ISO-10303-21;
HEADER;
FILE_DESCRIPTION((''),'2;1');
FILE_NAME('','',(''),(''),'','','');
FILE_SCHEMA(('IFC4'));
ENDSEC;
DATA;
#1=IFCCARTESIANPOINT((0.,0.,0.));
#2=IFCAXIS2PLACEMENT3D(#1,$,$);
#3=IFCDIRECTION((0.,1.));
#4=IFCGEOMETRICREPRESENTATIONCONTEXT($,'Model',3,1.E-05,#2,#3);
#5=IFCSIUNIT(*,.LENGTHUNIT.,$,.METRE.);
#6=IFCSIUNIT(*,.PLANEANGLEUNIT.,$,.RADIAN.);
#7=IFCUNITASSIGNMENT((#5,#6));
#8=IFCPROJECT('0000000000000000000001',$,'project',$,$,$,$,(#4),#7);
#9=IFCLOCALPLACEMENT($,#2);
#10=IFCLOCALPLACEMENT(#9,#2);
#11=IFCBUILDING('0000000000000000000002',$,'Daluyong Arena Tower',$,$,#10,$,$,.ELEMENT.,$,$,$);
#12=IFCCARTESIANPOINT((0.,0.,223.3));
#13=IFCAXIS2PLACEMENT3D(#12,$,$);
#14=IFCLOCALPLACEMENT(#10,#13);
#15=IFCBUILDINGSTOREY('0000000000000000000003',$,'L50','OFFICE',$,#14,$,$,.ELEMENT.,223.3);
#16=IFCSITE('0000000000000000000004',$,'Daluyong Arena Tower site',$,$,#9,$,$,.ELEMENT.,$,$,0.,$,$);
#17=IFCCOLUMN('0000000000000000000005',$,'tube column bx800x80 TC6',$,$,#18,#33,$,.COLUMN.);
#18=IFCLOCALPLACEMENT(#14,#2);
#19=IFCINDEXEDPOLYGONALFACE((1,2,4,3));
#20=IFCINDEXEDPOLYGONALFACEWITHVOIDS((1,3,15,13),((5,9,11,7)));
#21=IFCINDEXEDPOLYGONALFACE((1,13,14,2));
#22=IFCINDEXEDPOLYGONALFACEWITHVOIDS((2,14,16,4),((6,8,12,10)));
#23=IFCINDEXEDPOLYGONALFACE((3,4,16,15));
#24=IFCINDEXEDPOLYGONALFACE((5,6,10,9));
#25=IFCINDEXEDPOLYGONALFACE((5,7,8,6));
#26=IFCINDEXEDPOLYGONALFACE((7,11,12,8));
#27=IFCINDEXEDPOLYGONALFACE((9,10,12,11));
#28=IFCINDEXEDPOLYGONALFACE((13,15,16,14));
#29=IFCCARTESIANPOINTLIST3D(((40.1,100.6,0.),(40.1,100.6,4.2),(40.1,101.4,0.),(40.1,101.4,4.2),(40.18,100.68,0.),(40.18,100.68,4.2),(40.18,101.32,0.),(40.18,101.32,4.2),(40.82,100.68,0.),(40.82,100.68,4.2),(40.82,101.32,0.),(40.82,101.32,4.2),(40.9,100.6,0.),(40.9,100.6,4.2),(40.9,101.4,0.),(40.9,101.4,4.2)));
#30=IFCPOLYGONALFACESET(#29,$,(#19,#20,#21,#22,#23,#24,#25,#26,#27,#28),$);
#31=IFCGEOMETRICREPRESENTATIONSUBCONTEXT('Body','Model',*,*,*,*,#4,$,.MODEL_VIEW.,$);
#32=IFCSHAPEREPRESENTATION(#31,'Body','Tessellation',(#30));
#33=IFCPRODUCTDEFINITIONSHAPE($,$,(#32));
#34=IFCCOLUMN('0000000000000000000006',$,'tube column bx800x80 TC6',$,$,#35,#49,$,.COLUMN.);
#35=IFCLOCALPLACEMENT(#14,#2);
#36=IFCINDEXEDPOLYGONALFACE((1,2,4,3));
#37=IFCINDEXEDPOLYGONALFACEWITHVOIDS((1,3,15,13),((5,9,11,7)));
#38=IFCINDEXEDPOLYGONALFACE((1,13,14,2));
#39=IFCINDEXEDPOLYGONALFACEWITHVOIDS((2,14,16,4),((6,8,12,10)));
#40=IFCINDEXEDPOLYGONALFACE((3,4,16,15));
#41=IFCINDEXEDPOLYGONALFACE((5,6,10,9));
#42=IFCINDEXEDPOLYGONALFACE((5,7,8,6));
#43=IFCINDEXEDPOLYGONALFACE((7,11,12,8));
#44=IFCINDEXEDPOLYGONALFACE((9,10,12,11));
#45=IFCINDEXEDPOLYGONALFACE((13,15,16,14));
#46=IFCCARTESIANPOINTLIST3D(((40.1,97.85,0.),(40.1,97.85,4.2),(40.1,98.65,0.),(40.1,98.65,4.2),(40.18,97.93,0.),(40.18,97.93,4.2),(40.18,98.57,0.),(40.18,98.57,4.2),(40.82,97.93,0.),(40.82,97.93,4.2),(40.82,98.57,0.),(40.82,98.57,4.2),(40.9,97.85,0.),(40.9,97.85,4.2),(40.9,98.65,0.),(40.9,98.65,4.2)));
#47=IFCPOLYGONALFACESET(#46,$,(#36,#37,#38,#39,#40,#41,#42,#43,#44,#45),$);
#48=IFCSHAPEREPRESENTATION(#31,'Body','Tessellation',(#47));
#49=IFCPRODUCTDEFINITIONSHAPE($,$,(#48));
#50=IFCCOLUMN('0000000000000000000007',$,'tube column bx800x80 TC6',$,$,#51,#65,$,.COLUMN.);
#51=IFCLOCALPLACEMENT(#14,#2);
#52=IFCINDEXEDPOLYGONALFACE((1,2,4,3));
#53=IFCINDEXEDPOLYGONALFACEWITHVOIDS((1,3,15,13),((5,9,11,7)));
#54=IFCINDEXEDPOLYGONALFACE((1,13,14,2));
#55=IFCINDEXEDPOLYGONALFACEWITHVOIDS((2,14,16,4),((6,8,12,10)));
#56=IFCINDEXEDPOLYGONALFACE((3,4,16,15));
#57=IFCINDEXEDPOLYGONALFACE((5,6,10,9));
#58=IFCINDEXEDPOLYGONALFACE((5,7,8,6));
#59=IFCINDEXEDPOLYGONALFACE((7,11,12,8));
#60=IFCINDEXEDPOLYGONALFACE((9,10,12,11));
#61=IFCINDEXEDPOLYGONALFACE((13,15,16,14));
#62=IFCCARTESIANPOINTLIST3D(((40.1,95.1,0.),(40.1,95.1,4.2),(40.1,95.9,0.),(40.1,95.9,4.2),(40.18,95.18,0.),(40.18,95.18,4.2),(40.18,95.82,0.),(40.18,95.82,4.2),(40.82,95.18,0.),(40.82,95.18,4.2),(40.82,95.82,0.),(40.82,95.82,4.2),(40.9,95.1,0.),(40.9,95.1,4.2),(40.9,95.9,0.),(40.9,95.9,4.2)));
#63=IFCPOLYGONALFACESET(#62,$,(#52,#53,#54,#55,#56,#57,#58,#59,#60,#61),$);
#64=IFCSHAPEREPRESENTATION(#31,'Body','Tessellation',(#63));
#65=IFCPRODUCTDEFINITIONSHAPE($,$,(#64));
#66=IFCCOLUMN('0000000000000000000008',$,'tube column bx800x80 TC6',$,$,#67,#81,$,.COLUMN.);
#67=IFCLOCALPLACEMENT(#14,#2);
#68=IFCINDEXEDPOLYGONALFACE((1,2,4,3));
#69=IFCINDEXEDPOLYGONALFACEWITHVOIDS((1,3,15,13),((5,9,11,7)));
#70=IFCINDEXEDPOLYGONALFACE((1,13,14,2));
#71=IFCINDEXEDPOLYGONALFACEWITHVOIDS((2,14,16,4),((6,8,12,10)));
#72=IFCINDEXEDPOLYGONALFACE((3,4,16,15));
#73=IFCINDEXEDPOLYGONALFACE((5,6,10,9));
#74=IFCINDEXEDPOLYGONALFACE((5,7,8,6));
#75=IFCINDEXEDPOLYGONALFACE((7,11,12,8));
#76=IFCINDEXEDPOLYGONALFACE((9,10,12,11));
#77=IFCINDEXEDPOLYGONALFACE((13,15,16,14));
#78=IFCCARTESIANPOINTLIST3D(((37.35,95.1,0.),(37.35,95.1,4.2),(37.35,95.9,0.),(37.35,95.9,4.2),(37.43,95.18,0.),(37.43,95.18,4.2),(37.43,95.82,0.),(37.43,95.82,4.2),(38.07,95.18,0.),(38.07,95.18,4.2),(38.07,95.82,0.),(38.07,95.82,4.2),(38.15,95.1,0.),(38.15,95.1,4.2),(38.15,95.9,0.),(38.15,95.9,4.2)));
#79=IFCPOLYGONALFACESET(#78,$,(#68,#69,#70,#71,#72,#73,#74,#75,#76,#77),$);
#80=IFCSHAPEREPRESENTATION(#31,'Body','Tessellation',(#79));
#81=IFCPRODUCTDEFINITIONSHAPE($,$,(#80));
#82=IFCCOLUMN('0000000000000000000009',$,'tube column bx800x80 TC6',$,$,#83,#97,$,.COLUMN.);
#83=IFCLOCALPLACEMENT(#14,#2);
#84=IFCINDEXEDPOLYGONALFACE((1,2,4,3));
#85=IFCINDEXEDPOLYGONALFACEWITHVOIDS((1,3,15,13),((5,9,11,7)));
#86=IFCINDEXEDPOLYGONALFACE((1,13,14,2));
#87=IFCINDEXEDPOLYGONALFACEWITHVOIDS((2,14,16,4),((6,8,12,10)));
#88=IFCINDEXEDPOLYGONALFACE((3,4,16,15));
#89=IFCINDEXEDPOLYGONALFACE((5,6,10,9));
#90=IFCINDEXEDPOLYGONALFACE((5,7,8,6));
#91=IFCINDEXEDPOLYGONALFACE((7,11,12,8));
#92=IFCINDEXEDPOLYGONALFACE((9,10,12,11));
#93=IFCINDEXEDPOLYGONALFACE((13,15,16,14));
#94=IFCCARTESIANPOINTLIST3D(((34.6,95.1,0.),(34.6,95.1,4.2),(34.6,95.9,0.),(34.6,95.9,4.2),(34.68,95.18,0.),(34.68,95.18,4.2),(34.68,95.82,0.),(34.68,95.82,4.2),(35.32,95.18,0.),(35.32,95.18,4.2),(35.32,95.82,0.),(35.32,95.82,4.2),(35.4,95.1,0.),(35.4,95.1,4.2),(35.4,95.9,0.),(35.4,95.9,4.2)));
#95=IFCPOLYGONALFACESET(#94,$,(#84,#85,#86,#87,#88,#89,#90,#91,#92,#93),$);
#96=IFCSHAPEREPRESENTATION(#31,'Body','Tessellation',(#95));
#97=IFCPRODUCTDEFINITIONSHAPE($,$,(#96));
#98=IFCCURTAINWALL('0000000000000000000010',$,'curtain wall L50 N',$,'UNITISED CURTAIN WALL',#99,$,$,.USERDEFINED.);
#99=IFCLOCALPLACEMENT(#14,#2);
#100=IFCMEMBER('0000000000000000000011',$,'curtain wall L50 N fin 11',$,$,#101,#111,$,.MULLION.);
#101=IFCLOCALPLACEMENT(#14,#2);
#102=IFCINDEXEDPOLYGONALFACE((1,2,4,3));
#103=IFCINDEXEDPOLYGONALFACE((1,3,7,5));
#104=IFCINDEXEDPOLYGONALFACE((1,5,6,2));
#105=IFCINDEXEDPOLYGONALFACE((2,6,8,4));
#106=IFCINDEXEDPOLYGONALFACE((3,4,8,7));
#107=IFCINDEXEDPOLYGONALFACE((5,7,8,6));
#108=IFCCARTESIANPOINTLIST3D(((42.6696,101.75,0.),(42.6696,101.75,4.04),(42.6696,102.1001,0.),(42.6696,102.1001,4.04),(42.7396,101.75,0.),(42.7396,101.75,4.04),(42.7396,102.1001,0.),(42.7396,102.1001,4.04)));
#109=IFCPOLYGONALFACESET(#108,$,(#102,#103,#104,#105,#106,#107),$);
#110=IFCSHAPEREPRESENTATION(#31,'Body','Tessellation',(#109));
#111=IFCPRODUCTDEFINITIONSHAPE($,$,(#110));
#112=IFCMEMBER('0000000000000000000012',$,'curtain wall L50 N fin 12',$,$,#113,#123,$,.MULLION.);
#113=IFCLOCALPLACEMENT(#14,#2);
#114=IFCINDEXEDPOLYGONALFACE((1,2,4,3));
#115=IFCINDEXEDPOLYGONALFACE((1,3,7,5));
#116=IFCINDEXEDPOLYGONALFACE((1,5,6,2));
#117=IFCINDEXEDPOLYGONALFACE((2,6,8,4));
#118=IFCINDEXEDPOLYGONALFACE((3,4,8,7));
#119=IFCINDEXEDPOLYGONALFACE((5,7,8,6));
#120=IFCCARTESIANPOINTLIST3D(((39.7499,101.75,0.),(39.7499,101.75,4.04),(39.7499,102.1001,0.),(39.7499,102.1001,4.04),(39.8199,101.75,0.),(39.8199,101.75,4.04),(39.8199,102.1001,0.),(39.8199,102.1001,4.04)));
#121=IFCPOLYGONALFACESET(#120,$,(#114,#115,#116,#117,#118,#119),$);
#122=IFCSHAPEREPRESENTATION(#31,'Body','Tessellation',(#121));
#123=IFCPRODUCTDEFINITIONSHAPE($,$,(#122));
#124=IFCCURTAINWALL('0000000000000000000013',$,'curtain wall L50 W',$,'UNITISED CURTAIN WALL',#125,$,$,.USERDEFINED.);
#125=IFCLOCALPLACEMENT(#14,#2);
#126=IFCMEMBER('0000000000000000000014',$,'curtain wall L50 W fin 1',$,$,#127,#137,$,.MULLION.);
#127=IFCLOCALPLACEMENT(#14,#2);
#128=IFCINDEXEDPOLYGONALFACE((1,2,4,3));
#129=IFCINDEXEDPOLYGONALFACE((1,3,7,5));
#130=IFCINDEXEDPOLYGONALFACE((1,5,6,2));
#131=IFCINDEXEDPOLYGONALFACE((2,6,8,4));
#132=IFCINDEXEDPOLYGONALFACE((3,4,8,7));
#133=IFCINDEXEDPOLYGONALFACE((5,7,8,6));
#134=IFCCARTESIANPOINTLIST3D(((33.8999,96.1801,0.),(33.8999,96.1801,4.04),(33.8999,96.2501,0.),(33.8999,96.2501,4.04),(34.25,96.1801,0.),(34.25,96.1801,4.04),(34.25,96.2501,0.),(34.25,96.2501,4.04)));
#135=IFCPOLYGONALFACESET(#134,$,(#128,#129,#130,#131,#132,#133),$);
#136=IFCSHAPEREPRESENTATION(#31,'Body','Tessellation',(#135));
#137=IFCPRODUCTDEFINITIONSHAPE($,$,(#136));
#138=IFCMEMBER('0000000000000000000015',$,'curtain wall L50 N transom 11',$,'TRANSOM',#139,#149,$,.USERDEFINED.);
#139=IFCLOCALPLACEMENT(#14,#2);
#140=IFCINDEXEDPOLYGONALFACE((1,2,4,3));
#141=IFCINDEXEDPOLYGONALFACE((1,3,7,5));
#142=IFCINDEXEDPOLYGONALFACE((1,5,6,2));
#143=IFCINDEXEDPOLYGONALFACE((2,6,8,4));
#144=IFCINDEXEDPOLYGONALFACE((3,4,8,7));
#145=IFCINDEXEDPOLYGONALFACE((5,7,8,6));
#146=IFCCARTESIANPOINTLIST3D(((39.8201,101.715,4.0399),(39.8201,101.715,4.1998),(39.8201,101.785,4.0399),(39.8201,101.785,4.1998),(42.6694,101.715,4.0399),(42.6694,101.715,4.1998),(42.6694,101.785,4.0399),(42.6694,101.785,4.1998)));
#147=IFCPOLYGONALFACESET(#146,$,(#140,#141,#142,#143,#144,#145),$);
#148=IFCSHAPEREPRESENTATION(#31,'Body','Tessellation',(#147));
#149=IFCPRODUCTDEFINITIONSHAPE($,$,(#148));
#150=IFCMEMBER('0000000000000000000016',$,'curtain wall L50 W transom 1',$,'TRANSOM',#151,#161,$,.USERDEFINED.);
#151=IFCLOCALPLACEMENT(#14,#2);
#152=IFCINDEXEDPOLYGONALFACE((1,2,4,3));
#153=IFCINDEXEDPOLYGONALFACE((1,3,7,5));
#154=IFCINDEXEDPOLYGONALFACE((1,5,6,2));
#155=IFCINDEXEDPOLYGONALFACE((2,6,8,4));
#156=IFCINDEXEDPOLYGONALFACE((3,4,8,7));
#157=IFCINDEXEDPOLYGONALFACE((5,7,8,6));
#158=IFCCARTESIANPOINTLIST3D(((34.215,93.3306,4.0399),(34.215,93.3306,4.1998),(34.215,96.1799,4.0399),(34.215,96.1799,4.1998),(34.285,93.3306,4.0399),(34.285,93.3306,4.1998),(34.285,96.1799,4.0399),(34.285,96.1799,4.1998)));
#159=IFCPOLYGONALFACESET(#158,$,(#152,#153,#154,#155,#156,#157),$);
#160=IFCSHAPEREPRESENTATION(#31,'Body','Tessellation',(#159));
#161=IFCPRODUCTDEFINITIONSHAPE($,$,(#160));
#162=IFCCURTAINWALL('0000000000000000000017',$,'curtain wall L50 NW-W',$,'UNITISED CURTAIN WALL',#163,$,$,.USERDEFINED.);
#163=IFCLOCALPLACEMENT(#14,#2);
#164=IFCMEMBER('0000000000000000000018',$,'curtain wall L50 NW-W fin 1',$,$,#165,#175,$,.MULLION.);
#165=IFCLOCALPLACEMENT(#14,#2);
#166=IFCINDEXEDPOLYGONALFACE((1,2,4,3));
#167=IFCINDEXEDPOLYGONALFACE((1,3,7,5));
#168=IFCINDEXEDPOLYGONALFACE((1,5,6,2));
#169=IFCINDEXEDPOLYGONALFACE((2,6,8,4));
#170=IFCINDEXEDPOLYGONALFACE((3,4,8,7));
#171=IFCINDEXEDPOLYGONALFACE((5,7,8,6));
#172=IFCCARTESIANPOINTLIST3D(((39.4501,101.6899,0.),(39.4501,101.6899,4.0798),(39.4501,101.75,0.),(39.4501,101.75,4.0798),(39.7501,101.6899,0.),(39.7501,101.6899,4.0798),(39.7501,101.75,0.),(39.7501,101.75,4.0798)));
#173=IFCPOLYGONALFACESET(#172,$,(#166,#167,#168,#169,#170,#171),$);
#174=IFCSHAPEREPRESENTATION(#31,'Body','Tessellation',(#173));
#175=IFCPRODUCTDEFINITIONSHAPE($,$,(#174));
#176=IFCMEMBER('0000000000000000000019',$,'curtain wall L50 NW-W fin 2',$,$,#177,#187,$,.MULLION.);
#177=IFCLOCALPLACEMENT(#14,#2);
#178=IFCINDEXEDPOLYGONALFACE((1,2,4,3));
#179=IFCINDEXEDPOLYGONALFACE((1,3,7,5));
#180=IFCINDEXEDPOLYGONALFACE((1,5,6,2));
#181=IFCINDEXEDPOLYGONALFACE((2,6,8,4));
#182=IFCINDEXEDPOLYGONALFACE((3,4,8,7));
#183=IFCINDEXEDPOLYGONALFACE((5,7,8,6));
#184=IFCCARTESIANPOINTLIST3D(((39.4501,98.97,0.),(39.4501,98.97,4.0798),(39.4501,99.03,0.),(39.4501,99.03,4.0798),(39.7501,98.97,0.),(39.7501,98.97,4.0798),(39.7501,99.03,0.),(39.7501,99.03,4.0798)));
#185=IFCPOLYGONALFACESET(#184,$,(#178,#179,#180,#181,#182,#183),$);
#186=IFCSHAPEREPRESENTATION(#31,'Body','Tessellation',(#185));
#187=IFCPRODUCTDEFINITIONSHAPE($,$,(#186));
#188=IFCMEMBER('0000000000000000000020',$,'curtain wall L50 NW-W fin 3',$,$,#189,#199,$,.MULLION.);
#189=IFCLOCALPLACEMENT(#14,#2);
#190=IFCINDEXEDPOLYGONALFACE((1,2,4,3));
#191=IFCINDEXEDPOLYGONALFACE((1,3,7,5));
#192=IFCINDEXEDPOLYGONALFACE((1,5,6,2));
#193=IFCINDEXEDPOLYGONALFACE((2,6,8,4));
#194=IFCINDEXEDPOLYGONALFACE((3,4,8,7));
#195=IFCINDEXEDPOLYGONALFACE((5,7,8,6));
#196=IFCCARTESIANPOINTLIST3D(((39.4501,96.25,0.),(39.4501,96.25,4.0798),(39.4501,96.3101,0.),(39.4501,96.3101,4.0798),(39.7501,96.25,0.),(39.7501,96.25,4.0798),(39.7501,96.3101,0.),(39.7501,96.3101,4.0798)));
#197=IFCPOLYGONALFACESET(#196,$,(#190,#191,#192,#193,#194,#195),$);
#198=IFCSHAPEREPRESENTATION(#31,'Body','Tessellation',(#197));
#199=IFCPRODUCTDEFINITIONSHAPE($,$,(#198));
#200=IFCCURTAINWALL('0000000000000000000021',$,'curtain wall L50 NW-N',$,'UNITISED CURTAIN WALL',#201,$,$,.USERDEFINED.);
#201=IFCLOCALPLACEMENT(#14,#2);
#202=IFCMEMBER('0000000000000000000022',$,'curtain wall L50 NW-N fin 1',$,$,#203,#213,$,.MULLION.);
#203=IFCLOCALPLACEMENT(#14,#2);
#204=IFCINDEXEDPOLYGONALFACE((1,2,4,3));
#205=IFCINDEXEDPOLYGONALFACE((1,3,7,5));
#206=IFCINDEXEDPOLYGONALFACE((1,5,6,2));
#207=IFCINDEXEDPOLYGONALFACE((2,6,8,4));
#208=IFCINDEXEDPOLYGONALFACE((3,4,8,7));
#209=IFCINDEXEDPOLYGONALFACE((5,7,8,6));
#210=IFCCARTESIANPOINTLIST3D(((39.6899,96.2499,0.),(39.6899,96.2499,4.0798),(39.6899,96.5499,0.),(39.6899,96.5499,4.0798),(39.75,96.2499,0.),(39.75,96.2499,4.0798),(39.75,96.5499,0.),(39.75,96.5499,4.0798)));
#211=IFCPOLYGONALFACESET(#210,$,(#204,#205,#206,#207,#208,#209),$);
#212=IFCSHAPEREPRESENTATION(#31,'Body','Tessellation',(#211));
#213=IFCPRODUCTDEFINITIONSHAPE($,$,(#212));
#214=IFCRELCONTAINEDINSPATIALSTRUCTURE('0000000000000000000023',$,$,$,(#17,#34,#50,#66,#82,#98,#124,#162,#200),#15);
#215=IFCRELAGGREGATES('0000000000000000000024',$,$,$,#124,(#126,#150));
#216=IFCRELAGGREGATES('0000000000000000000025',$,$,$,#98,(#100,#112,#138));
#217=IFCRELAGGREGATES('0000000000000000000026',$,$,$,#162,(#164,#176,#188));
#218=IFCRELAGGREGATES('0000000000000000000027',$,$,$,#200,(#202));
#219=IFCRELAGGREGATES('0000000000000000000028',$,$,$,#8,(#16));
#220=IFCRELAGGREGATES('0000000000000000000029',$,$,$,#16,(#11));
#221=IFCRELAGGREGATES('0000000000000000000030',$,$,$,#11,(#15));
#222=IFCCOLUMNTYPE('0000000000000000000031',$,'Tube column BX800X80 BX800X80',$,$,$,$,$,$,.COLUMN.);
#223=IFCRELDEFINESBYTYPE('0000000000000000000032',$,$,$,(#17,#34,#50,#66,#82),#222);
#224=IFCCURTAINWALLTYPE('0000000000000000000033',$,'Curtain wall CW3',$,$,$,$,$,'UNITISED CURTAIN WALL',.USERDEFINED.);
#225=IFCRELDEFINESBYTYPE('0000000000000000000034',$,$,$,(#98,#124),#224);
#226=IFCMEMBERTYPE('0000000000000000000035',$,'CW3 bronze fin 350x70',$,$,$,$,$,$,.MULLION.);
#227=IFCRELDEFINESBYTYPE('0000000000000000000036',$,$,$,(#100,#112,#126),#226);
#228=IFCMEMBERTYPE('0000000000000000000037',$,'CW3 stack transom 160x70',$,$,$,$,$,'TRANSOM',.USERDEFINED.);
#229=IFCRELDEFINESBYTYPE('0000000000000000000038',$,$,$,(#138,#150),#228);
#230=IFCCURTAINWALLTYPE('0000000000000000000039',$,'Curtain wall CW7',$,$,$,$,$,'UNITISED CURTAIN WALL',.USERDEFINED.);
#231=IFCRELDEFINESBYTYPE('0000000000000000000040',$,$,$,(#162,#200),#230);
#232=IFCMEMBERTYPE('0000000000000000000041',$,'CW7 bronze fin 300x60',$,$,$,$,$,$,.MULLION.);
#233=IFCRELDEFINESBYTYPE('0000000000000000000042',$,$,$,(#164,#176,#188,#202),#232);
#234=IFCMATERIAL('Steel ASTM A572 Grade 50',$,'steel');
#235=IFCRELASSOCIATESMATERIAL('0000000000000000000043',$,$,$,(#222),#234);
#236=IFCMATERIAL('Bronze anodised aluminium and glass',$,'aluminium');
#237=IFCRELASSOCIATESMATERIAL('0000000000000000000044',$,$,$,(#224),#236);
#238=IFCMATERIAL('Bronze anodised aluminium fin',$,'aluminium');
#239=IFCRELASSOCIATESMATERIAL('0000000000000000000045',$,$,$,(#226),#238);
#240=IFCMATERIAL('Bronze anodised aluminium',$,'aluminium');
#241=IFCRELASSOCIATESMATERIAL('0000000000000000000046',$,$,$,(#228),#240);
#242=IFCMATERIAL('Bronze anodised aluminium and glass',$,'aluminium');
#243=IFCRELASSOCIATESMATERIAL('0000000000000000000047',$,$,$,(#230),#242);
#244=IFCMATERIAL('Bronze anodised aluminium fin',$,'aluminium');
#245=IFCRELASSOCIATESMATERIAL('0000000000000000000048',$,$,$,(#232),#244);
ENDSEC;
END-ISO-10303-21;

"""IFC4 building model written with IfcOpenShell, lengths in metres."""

from ifc_helpers import new_model, si_unit, direction, frame, origin, origin_2d, place, context, subcontext, project, spatial, rectangle, hollow_rectangle, extrude, material, material_profile, profile_set, type_object, element, aggregate, save


model = new_model("IFC4")

# Units and contexts
model_context = context("Model", 3, precision=1e-05, world=origin(), true_north=direction((0.0, 1.0)))
body_context = subcontext(model_context, "Body", "Model", "MODEL_VIEW")
ifc_project = project(units=[si_unit("LENGTHUNIT", "METRE"), si_unit("PLANEANGLEUNIT", "RADIAN")], contexts=[model_context])

# Site, building, storey
site_placement = place(None, origin())
site = spatial("IfcSite", under=ifc_project, at=site_placement, Name="Daluyong Arena Tower site", CompositionType="ELEMENT", RefElevation=0.0)
building_placement = place(site_placement, origin())
building = spatial("IfcBuilding", under=site, at=building_placement, Name="Daluyong Arena Tower", CompositionType="ELEMENT")
storey_placement = place(building_placement, frame((0.0, 0.0, 223.3)))
storey = spatial("IfcBuildingStorey", under=building, at=storey_placement, Name="L50", Description="OFFICE", CompositionType="ELEMENT", Elevation=223.3)

# Columns
ifc_material_1 = material(Name="Steel ASTM A572 Grade 50", Category="steel")
ifc_material_profile_1 = material_profile(ifc_material_1, hollow_rectangle(XDim=0.8, YDim=0.8, WallThickness=0.08, at=origin_2d()))
ifc_profile_set_1 = profile_set([ifc_material_profile_1], Name="Steel ASTM A572 Grade 50")
column_type = type_object("IfcColumnType", Name="Tube column BX800X80 BX800X80", PredefinedType="COLUMN", material=ifc_profile_set_1)
for number, where, z_axis, x_axis, name in (
    (1, (40.5, 101.0, 0.0), (0.0, 0.0, 1.0), (0.0, 1.0, 0.0), "tube column bx800x80 TC6"),
    (2, (40.5, 98.25, 0.0), (0.0, 0.0, 1.0), (0.0, 1.0, 0.0), "tube column bx800x80 TC6"),
    (3, (40.5, 95.5, 0.0), (0.0, 0.0, 1.0), (1.0, 0.0, 0.0), "tube column bx800x80 TC6"),
    (4, (37.75, 95.5, 0.0), (0.0, 0.0, 1.0), (1.0, 0.0, 0.0), "tube column bx800x80 TC6"),
    (5, (35.0, 95.5, 0.0), (0.0, 0.0, 1.0), (0.0, 1.0, 0.0), "tube column bx800x80 TC6"),
):
    element("IfcColumn", number, at=place(storey_placement, frame(where, z_axis=z_axis, x_axis=x_axis)), inside=storey, type_object=column_type, Name=name, PredefinedType="COLUMN", context=body_context, shape_type="SweptSolid", body=[
        extrude(hollow_rectangle(XDim=0.8, YDim=0.8, WallThickness=0.08, at=origin_2d()), origin(), (0.0, 0.0, 1.0), 4.2),
    ])

# Curtain wall, members
ifc_material_2 = material(Name="Bronze anodised aluminium and glass", Category="aluminium")
curtain_wall_type_1 = type_object("IfcCurtainWallType", Name="Curtain wall CW3", ElementType="UNITISED CURTAIN WALL", PredefinedType="USERDEFINED", material=ifc_material_2)
curtain_wall_1_placement = place(storey_placement, origin())
curtain_wall_1 = element("IfcCurtainWall", 6, at=curtain_wall_1_placement, inside=storey, type_object=curtain_wall_type_1, Name="curtain wall L50 N", ObjectType="UNITISED CURTAIN WALL", PredefinedType="USERDEFINED")
ifc_material_3 = material(Name="Bronze anodised aluminium fin", Category="aluminium")
ifc_material_profile_2 = material_profile(ifc_material_3, rectangle(XDim=0.3501, YDim=0.0701, at=origin_2d()))
ifc_profile_set_2 = profile_set([ifc_material_profile_2], Name="Bronze anodised aluminium fin")
member_type_1 = type_object("IfcMemberType", Name="CW3 bronze fin 350x70", PredefinedType="MULLION", material=ifc_profile_set_2)
member_1_placement = place(storey_placement, frame((42.7046, 101.925, 0.0), z_axis=(0.0, 0.0, 1.0), x_axis=(0.0, -1.0, 0.0)))
member_1 = element("IfcMember", 7, at=member_1_placement, type_object=member_type_1, Name="curtain wall L50 N fin 11", PredefinedType="MULLION", context=body_context, shape_type="SweptSolid", body=[
    extrude(rectangle(XDim=0.3501, YDim=0.0701, at=origin_2d()), origin(), (0.0, 0.0, 1.0), 4.04),
])
member_2_placement = place(storey_placement, frame((39.7849, 101.925, 0.0), z_axis=(0.0, 0.0, 1.0), x_axis=(0.0, -1.0, 0.0)))
member_2 = element("IfcMember", 8, at=member_2_placement, type_object=member_type_1, Name="curtain wall L50 N fin 12", PredefinedType="MULLION", context=body_context, shape_type="SweptSolid", body=[
    extrude(rectangle(XDim=0.3501, YDim=0.0701, at=origin_2d()), origin(), (0.0, 0.0, 1.0), 4.04),
])

# Curtain wall, member
curtain_wall_2_placement = place(storey_placement, origin())
curtain_wall_2 = element("IfcCurtainWall", 9, at=curtain_wall_2_placement, inside=storey, type_object=curtain_wall_type_1, Name="curtain wall L50 W", ObjectType="UNITISED CURTAIN WALL", PredefinedType="USERDEFINED")
member_3_placement = place(storey_placement, frame((34.075, 96.2151, 0.0), z_axis=(0.0, 0.0, 1.0), x_axis=(1.0, 0.0, 0.0)))
member_3 = element("IfcMember", 10, at=member_3_placement, type_object=member_type_1, Name="curtain wall L50 W fin 1", PredefinedType="MULLION", context=body_context, shape_type="SweptSolid", body=[
    extrude(rectangle(XDim=0.3501, YDim=0.0701, at=origin_2d()), origin(), (0.0, 0.0, 1.0), 4.04),
])

# Members
ifc_material_4 = material(Name="Bronze anodised aluminium", Category="aluminium")
ifc_material_profile_3 = material_profile(ifc_material_4, rectangle(XDim=0.0701, YDim=0.1599, at=origin_2d()))
ifc_profile_set_3 = profile_set([ifc_material_profile_3], Name="Bronze anodised aluminium")
member_type_2 = type_object("IfcMemberType", Name="CW3 stack transom 160x70", ElementType="TRANSOM", PredefinedType="USERDEFINED", material=ifc_profile_set_3)
member_4_placement = place(storey_placement, frame((42.6694, 101.75, 4.1199), z_axis=(-1.0, 0.0, 0.0), x_axis=(0.0, -1.0, 0.0)))
member_4 = element("IfcMember", 11, at=member_4_placement, type_object=member_type_2, Name="curtain wall L50 N transom 11", ObjectType="TRANSOM", PredefinedType="USERDEFINED", context=body_context, shape_type="SweptSolid", body=[
    extrude(rectangle(XDim=0.0701, YDim=0.1599, at=origin_2d()), origin(), (0.0, 0.0, 1.0), 2.8494),
])
member_5_placement = place(storey_placement, frame((34.25, 96.1799, 4.1199), z_axis=(0.0, -1.0, 0.0), x_axis=(1.0, 0.0, 0.0)))
member_5 = element("IfcMember", 12, at=member_5_placement, type_object=member_type_2, Name="curtain wall L50 W transom 1", ObjectType="TRANSOM", PredefinedType="USERDEFINED", context=body_context, shape_type="SweptSolid", body=[
    extrude(rectangle(XDim=0.0701, YDim=0.1599, at=origin_2d()), origin(), (0.0, 0.0, 1.0), 2.8494),
])
aggregate(curtain_wall_2, [member_3, member_5])

# Curtain walls, members
ifc_material_5 = material(Name="Bronze anodised aluminium and glass", Category="aluminium")
curtain_wall_type_2 = type_object("IfcCurtainWallType", Name="Curtain wall CW7", ElementType="UNITISED CURTAIN WALL", PredefinedType="USERDEFINED", material=ifc_material_5)
curtain_wall_3_placement = place(storey_placement, origin())
curtain_wall_3 = element("IfcCurtainWall", 13, at=curtain_wall_3_placement, inside=storey, type_object=curtain_wall_type_2, Name="curtain wall L50 NW-W", ObjectType="UNITISED CURTAIN WALL", PredefinedType="USERDEFINED")
ifc_material_6 = material(Name="Bronze anodised aluminium fin", Category="aluminium")
ifc_material_profile_4 = material_profile(ifc_material_6, rectangle(XDim=0.3, YDim=0.0601, at=origin_2d()))
ifc_profile_set_4 = profile_set([ifc_material_profile_4], Name="Bronze anodised aluminium fin")
member_type_3 = type_object("IfcMemberType", Name="CW7 bronze fin 300x60", PredefinedType="MULLION", material=ifc_profile_set_4)
member_6_placement = place(storey_placement, frame((39.6001, 101.72, 0.0), z_axis=(0.0, 0.0, 1.0), x_axis=(1.0, 0.0, 0.0)))
member_6 = element("IfcMember", 14, at=member_6_placement, type_object=member_type_3, Name="curtain wall L50 NW-W fin 1", PredefinedType="MULLION", context=body_context, shape_type="SweptSolid", body=[
    extrude(rectangle(XDim=0.3, YDim=0.0601, at=origin_2d()), origin(), (0.0, 0.0, 1.0), 4.0798),
])
member_7_placement = place(storey_placement, frame((39.6001, 99.0, 0.0), z_axis=(0.0, 0.0, 1.0), x_axis=(1.0, 0.0, 0.0)))
member_7 = element("IfcMember", 15, at=member_7_placement, type_object=member_type_3, Name="curtain wall L50 NW-W fin 2", PredefinedType="MULLION", context=body_context, shape_type="SweptSolid", body=[
    extrude(rectangle(XDim=0.3, YDim=0.0601, at=origin_2d()), origin(), (0.0, 0.0, 1.0), 4.0798),
])
member_8_placement = place(storey_placement, frame((39.6001, 96.28, 0.0), z_axis=(0.0, 0.0, 1.0), x_axis=(1.0, 0.0, 0.0)))
member_8 = element("IfcMember", 16, at=member_8_placement, type_object=member_type_3, Name="curtain wall L50 NW-W fin 3", PredefinedType="MULLION", context=body_context, shape_type="SweptSolid", body=[
    extrude(rectangle(XDim=0.3, YDim=0.0601, at=origin_2d()), origin(), (0.0, 0.0, 1.0), 4.0798),
])
curtain_wall_4_placement = place(storey_placement, origin())
curtain_wall_4 = element("IfcCurtainWall", 17, at=curtain_wall_4_placement, inside=storey, type_object=curtain_wall_type_2, Name="curtain wall L50 NW-N", ObjectType="UNITISED CURTAIN WALL", PredefinedType="USERDEFINED")
member_9_placement = place(storey_placement, frame((39.72, 96.3999, 0.0), z_axis=(0.0, 0.0, 1.0), x_axis=(0.0, -1.0, 0.0)))
member_9 = element("IfcMember", 18, at=member_9_placement, type_object=member_type_3, Name="curtain wall L50 NW-N fin 1", PredefinedType="MULLION", context=body_context, shape_type="SweptSolid", body=[
    extrude(rectangle(XDim=0.3, YDim=0.0601, at=origin_2d()), origin(), (0.0, 0.0, 1.0), 4.0798),
])

aggregate(curtain_wall_1, [member_1, member_2, member_4])
aggregate(curtain_wall_3, [member_6, member_7, member_8])
aggregate(curtain_wall_4, [member_9])

save(model, "model.ifc")
